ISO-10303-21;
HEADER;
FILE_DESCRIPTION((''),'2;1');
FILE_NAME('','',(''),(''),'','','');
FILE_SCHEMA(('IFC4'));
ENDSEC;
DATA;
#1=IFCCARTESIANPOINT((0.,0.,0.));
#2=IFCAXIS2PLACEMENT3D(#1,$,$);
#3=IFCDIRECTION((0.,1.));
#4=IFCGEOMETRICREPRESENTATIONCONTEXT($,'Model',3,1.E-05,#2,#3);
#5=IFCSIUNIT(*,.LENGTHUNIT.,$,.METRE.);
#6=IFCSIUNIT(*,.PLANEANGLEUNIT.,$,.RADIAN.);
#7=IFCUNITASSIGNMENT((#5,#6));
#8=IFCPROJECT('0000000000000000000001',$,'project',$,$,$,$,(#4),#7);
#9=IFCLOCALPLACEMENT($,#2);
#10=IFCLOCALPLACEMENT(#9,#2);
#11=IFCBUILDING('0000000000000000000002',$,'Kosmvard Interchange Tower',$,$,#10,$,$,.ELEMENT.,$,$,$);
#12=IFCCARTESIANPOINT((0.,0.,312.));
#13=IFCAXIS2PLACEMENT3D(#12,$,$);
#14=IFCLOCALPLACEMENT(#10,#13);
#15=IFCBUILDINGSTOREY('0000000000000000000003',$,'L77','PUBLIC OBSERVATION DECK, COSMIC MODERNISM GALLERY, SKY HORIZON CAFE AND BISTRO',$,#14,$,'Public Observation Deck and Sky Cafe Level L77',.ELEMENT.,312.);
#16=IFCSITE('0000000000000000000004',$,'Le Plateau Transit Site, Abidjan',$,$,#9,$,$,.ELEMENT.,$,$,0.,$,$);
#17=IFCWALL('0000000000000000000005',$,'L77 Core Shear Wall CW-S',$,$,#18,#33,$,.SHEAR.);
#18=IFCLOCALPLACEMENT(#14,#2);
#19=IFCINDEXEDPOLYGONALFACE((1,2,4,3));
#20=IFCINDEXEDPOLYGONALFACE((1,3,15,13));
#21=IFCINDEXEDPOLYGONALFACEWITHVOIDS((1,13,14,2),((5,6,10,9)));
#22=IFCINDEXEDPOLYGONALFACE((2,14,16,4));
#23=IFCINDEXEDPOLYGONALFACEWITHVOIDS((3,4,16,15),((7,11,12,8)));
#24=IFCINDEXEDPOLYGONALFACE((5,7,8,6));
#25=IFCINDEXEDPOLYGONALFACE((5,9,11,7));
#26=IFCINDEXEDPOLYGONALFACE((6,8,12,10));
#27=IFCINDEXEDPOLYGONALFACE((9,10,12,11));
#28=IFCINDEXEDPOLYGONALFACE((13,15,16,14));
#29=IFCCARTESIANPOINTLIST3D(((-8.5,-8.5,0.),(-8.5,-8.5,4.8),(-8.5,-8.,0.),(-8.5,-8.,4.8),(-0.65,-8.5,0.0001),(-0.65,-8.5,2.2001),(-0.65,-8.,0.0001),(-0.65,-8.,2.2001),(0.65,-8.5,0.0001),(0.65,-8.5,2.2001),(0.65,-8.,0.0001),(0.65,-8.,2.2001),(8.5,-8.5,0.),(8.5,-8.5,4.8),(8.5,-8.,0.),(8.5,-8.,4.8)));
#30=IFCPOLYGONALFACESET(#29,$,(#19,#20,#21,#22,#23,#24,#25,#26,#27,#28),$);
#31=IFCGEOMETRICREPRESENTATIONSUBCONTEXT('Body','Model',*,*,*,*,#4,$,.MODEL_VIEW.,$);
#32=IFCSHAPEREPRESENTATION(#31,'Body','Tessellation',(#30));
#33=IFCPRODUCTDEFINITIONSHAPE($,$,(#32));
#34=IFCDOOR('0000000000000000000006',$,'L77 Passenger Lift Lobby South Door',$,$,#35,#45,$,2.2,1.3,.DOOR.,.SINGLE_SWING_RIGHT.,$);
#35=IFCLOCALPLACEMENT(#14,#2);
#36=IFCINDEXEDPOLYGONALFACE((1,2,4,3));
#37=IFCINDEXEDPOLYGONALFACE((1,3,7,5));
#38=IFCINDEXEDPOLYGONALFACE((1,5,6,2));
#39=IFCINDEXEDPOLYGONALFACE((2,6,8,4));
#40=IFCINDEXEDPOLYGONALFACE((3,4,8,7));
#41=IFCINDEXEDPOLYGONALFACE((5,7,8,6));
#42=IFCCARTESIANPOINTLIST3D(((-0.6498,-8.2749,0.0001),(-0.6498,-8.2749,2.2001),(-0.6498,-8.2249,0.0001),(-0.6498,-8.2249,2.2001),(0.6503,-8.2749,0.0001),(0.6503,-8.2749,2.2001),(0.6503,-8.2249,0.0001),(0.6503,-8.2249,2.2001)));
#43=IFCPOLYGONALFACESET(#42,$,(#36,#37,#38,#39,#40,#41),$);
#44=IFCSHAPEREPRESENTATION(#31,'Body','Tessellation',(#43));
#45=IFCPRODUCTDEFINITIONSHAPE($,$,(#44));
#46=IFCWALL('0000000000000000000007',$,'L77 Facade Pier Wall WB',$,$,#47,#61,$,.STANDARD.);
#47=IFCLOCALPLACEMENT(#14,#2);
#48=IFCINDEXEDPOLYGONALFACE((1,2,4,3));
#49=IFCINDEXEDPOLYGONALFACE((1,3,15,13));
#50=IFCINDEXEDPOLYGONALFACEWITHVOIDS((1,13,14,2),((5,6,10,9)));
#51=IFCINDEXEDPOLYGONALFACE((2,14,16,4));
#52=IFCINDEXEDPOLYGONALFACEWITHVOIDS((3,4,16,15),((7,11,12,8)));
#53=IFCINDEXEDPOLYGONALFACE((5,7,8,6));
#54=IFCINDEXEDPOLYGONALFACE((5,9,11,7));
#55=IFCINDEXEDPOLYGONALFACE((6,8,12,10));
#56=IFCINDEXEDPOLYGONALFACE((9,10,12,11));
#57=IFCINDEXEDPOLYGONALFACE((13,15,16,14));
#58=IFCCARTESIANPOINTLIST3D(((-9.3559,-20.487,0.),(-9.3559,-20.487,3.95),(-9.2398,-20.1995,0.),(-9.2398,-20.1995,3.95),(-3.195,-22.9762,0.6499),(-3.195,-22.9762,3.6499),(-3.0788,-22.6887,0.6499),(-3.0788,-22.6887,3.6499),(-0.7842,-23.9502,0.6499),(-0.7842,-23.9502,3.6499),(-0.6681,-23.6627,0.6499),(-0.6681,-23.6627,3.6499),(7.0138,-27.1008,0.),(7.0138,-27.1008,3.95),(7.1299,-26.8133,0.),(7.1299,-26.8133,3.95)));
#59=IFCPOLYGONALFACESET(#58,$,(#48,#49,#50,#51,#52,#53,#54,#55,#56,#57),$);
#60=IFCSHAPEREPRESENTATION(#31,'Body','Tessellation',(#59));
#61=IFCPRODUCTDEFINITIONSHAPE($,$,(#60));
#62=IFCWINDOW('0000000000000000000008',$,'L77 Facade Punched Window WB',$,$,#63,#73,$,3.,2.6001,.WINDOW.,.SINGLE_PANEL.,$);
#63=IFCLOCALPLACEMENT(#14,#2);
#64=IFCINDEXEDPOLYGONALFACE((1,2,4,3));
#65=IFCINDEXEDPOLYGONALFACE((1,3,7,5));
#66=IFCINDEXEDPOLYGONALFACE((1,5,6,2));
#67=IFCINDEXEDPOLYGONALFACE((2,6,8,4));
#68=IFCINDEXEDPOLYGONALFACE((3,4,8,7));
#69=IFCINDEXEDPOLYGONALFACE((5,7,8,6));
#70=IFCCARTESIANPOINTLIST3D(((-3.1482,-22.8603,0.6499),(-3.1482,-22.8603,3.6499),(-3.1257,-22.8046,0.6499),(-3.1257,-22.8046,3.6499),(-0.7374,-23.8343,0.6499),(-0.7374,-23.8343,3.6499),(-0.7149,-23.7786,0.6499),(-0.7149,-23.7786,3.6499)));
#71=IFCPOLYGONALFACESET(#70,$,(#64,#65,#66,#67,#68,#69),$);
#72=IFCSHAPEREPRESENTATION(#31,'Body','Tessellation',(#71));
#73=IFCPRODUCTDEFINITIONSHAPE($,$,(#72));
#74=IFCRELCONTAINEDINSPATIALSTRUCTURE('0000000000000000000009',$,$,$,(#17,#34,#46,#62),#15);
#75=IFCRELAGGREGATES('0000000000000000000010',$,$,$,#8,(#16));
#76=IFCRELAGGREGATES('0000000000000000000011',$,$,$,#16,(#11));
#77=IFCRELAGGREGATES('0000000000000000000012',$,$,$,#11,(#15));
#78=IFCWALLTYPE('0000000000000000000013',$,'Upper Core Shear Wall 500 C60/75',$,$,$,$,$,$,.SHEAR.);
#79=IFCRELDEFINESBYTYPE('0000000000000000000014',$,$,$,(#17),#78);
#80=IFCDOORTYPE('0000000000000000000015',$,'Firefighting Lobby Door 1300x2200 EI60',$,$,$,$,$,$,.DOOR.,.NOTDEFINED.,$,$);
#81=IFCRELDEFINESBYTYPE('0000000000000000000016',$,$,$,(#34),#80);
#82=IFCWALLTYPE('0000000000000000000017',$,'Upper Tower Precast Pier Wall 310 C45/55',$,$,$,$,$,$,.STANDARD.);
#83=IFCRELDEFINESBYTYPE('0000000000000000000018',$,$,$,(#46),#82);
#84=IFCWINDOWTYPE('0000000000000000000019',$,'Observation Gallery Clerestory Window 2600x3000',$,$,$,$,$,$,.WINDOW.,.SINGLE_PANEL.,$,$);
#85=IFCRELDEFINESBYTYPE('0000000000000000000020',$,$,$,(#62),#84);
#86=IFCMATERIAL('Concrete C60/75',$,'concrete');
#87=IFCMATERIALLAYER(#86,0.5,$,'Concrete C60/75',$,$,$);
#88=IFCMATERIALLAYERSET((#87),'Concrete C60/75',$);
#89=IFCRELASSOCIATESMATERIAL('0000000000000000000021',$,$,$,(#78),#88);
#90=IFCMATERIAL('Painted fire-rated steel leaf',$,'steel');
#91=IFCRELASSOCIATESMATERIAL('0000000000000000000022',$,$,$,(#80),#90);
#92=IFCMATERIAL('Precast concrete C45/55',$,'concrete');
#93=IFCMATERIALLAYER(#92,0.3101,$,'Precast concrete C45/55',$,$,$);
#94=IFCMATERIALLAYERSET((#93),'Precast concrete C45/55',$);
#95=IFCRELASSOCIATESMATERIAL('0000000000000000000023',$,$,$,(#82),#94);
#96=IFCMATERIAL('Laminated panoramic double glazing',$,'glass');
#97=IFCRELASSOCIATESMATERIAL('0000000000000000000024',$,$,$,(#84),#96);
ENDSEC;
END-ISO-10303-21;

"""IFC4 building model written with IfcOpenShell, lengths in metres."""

from ifc_helpers import new_model, si_unit, direction, frame, frame_2d, origin, place, context, subcontext, project, spatial, rectangle, extrude, source, transform, mapped, material, layer, layer_set, type_object, element, fill, save


model = new_model("IFC4")

# Units and contexts
model_context = context("Model", 3, precision=1e-05, world=origin(), true_north=direction((0.0, 1.0)))
body_context = subcontext(model_context, "Body", "Model", "MODEL_VIEW")
ifc_project = project(units=[si_unit("LENGTHUNIT", "METRE"), si_unit("PLANEANGLEUNIT", "RADIAN")], contexts=[model_context])

# Site, building, storey
site_placement = place(None, origin())
site = spatial("IfcSite", under=ifc_project, at=site_placement, Name="Le Plateau Transit Site, Abidjan", CompositionType="ELEMENT", RefElevation=0.0)
building_placement = place(site_placement, origin())
building = spatial("IfcBuilding", under=site, at=building_placement, Name="Kosmvard Interchange Tower", CompositionType="ELEMENT")
storey_placement = place(building_placement, frame((0.0, 0.0, 312.0)))
storey = spatial("IfcBuildingStorey", under=building, at=storey_placement, Name="L77", Description="PUBLIC OBSERVATION DECK, COSMIC MODERNISM GALLERY, SKY HORIZON CAFE AND BISTRO", LongName="Public Observation Deck and Sky Cafe Level L77", CompositionType="ELEMENT", Elevation=312.0)

# Shared definitions
ifc_material_1 = material(Name="Laminated panoramic double glazing", Category="glass")

# Wall, opening, door
ifc_material_2 = material(Name="Concrete C60/75", Category="concrete")
ifc_layer_1 = layer(ifc_material_2, 0.5, Name="Concrete C60/75")
ifc_layer_set_1 = layer_set([ifc_layer_1], Name="Concrete C60/75")
wall_type_1 = type_object("IfcWallType", Name="Upper Core Shear Wall 500 C60/75", PredefinedType="SHEAR", material=ifc_layer_set_1)
wall_1_placement = place(storey_placement, frame((-8.5, -8.25, 0.0), z_axis=(0.0, 0.0, 1.0), x_axis=(1.0, 0.0, 0.0)))
wall_1 = element("IfcWall", 1, at=wall_1_placement, inside=storey, type_object=wall_type_1, Name="L77 Core Shear Wall CW-S", PredefinedType="SHEAR", context=body_context, shape_type="SweptSolid", body=[
    extrude(rectangle(XDim=17.0, YDim=0.5, at=frame_2d((8.5, 0.0))), origin(), (0.0, 0.0, 1.0), 4.8),
])
opening_1_placement = place(wall_1_placement, frame((7.8501, 0.0, 0.0)))
opening_1 = element("IfcOpeningElement", 2, at=opening_1_placement, cuts=wall_1, PredefinedType="OPENING", context=body_context, shape_type="SweptSolid", body=[
    extrude(rectangle(XDim=1.3, YDim=2.2, at=frame_2d((0.6499, 1.1001))), frame((0.0, 0.26, 0.0), z_axis=(0.0, -1.0, 0.0), x_axis=(1.0, 0.0, 0.0)), (0.0, 0.0, 1.0), 0.52),
])
ifc_material_3 = material(Name="Painted fire-rated steel leaf", Category="steel")
door_type_1 = type_object("IfcDoorType", Name="Firefighting Lobby Door 1300x2200 EI60", OperationType="NOTDEFINED", PredefinedType="DOOR", material=ifc_material_3)
shared_shape_1 = source(origin(), body_context, "Body", "SweptSolid", [
    extrude(rectangle(XDim=1.3, YDim=2.2, at=frame_2d((0.6499, 1.1001))), frame((0.0, 0.0249, 0.0), z_axis=(0.0, -1.0, 0.0), x_axis=(1.0, 0.0, 0.0)), (0.0, 0.0, 1.0), 0.05),
])
door_1_placement = place(opening_1_placement, frame((1.3, 0.0, 0.0), z_axis=(0.0, 0.0, 1.0), x_axis=(-1.0, 0.0, 0.0)))
door_1 = element("IfcDoor", 3, at=door_1_placement, inside=storey, type_object=door_type_1, Name="L77 Passenger Lift Lobby South Door", OperationType="SINGLE_SWING_RIGHT", OverallHeight=2.2, OverallWidth=1.3, PredefinedType="DOOR", context=body_context, shape_type="MappedRepresentation", body=[
    mapped(shared_shape_1, transform((0.0, 0.0, 0.0), scale=1.0)),
])
fill(opening_1, door_1)

# Wall, opening, window
ifc_material_4 = material(Name="Precast concrete C45/55", Category="concrete")
ifc_layer_2 = layer(ifc_material_4, 0.3101, Name="Precast concrete C45/55")
ifc_layer_set_2 = layer_set([ifc_layer_2], Name="Precast concrete C45/55")
wall_type_2 = type_object("IfcWallType", Name="Upper Tower Precast Pier Wall 310 C45/55", PredefinedType="STANDARD", material=ifc_layer_set_2)
wall_2_placement = place(storey_placement, frame((-9.2979, -20.3433, 0.0), z_axis=(0.0, 0.0, 1.0), x_axis=(0.927184, -0.374607, 0.0)))
wall_2 = element("IfcWall", 4, at=wall_2_placement, inside=storey, type_object=wall_type_2, Name="L77 Facade Pier Wall WB", PredefinedType="STANDARD", context=body_context, shape_type="SweptSolid", body=[
    extrude(rectangle(XDim=17.6553, YDim=0.3101, at=frame_2d((8.8276, 0.0))), origin(), (0.0, 0.0, 1.0), 3.95),
])
opening_2_placement = place(wall_2_placement, frame((6.6448, 0.0, 0.6499)))
opening_2 = element("IfcOpeningElement", 5, at=opening_2_placement, cuts=wall_2, PredefinedType="OPENING", context=body_context, shape_type="SweptSolid", body=[
    extrude(rectangle(XDim=2.6001, YDim=3.0, at=frame_2d((1.3, 1.5))), frame((0.0, 0.165, 0.0), z_axis=(0.0, -1.0, 0.0), x_axis=(1.0, 0.0, 0.0)), (0.0, 0.0, 1.0), 0.3301),
])
window_type = type_object("IfcWindowType", Name="Observation Gallery Clerestory Window 2600x3000", PartitioningType="SINGLE_PANEL", PredefinedType="WINDOW", material=ifc_material_1)
shared_shape_2 = source(origin(), body_context, "Body", "SweptSolid", [
    extrude(rectangle(XDim=2.6001, YDim=3.0, at=frame_2d((1.3, 1.5))), frame((0.0, 0.03, 0.0), z_axis=(0.0, -1.0, 0.0), x_axis=(1.0, 0.0, 0.0)), (0.0, 0.0, 1.0), 0.0601),
])
window_placement = place(opening_2_placement, origin())
window = element("IfcWindow", 6, at=window_placement, inside=storey, type_object=window_type, Name="L77 Facade Punched Window WB", OverallHeight=3.0, OverallWidth=2.6001, PartitioningType="SINGLE_PANEL", PredefinedType="WINDOW", context=body_context, shape_type="MappedRepresentation", body=[
    mapped(shared_shape_2, transform((0.0, 0.0, 0.0), scale=1.0)),
])
fill(opening_2, window)

save(model, "model.ifc")
